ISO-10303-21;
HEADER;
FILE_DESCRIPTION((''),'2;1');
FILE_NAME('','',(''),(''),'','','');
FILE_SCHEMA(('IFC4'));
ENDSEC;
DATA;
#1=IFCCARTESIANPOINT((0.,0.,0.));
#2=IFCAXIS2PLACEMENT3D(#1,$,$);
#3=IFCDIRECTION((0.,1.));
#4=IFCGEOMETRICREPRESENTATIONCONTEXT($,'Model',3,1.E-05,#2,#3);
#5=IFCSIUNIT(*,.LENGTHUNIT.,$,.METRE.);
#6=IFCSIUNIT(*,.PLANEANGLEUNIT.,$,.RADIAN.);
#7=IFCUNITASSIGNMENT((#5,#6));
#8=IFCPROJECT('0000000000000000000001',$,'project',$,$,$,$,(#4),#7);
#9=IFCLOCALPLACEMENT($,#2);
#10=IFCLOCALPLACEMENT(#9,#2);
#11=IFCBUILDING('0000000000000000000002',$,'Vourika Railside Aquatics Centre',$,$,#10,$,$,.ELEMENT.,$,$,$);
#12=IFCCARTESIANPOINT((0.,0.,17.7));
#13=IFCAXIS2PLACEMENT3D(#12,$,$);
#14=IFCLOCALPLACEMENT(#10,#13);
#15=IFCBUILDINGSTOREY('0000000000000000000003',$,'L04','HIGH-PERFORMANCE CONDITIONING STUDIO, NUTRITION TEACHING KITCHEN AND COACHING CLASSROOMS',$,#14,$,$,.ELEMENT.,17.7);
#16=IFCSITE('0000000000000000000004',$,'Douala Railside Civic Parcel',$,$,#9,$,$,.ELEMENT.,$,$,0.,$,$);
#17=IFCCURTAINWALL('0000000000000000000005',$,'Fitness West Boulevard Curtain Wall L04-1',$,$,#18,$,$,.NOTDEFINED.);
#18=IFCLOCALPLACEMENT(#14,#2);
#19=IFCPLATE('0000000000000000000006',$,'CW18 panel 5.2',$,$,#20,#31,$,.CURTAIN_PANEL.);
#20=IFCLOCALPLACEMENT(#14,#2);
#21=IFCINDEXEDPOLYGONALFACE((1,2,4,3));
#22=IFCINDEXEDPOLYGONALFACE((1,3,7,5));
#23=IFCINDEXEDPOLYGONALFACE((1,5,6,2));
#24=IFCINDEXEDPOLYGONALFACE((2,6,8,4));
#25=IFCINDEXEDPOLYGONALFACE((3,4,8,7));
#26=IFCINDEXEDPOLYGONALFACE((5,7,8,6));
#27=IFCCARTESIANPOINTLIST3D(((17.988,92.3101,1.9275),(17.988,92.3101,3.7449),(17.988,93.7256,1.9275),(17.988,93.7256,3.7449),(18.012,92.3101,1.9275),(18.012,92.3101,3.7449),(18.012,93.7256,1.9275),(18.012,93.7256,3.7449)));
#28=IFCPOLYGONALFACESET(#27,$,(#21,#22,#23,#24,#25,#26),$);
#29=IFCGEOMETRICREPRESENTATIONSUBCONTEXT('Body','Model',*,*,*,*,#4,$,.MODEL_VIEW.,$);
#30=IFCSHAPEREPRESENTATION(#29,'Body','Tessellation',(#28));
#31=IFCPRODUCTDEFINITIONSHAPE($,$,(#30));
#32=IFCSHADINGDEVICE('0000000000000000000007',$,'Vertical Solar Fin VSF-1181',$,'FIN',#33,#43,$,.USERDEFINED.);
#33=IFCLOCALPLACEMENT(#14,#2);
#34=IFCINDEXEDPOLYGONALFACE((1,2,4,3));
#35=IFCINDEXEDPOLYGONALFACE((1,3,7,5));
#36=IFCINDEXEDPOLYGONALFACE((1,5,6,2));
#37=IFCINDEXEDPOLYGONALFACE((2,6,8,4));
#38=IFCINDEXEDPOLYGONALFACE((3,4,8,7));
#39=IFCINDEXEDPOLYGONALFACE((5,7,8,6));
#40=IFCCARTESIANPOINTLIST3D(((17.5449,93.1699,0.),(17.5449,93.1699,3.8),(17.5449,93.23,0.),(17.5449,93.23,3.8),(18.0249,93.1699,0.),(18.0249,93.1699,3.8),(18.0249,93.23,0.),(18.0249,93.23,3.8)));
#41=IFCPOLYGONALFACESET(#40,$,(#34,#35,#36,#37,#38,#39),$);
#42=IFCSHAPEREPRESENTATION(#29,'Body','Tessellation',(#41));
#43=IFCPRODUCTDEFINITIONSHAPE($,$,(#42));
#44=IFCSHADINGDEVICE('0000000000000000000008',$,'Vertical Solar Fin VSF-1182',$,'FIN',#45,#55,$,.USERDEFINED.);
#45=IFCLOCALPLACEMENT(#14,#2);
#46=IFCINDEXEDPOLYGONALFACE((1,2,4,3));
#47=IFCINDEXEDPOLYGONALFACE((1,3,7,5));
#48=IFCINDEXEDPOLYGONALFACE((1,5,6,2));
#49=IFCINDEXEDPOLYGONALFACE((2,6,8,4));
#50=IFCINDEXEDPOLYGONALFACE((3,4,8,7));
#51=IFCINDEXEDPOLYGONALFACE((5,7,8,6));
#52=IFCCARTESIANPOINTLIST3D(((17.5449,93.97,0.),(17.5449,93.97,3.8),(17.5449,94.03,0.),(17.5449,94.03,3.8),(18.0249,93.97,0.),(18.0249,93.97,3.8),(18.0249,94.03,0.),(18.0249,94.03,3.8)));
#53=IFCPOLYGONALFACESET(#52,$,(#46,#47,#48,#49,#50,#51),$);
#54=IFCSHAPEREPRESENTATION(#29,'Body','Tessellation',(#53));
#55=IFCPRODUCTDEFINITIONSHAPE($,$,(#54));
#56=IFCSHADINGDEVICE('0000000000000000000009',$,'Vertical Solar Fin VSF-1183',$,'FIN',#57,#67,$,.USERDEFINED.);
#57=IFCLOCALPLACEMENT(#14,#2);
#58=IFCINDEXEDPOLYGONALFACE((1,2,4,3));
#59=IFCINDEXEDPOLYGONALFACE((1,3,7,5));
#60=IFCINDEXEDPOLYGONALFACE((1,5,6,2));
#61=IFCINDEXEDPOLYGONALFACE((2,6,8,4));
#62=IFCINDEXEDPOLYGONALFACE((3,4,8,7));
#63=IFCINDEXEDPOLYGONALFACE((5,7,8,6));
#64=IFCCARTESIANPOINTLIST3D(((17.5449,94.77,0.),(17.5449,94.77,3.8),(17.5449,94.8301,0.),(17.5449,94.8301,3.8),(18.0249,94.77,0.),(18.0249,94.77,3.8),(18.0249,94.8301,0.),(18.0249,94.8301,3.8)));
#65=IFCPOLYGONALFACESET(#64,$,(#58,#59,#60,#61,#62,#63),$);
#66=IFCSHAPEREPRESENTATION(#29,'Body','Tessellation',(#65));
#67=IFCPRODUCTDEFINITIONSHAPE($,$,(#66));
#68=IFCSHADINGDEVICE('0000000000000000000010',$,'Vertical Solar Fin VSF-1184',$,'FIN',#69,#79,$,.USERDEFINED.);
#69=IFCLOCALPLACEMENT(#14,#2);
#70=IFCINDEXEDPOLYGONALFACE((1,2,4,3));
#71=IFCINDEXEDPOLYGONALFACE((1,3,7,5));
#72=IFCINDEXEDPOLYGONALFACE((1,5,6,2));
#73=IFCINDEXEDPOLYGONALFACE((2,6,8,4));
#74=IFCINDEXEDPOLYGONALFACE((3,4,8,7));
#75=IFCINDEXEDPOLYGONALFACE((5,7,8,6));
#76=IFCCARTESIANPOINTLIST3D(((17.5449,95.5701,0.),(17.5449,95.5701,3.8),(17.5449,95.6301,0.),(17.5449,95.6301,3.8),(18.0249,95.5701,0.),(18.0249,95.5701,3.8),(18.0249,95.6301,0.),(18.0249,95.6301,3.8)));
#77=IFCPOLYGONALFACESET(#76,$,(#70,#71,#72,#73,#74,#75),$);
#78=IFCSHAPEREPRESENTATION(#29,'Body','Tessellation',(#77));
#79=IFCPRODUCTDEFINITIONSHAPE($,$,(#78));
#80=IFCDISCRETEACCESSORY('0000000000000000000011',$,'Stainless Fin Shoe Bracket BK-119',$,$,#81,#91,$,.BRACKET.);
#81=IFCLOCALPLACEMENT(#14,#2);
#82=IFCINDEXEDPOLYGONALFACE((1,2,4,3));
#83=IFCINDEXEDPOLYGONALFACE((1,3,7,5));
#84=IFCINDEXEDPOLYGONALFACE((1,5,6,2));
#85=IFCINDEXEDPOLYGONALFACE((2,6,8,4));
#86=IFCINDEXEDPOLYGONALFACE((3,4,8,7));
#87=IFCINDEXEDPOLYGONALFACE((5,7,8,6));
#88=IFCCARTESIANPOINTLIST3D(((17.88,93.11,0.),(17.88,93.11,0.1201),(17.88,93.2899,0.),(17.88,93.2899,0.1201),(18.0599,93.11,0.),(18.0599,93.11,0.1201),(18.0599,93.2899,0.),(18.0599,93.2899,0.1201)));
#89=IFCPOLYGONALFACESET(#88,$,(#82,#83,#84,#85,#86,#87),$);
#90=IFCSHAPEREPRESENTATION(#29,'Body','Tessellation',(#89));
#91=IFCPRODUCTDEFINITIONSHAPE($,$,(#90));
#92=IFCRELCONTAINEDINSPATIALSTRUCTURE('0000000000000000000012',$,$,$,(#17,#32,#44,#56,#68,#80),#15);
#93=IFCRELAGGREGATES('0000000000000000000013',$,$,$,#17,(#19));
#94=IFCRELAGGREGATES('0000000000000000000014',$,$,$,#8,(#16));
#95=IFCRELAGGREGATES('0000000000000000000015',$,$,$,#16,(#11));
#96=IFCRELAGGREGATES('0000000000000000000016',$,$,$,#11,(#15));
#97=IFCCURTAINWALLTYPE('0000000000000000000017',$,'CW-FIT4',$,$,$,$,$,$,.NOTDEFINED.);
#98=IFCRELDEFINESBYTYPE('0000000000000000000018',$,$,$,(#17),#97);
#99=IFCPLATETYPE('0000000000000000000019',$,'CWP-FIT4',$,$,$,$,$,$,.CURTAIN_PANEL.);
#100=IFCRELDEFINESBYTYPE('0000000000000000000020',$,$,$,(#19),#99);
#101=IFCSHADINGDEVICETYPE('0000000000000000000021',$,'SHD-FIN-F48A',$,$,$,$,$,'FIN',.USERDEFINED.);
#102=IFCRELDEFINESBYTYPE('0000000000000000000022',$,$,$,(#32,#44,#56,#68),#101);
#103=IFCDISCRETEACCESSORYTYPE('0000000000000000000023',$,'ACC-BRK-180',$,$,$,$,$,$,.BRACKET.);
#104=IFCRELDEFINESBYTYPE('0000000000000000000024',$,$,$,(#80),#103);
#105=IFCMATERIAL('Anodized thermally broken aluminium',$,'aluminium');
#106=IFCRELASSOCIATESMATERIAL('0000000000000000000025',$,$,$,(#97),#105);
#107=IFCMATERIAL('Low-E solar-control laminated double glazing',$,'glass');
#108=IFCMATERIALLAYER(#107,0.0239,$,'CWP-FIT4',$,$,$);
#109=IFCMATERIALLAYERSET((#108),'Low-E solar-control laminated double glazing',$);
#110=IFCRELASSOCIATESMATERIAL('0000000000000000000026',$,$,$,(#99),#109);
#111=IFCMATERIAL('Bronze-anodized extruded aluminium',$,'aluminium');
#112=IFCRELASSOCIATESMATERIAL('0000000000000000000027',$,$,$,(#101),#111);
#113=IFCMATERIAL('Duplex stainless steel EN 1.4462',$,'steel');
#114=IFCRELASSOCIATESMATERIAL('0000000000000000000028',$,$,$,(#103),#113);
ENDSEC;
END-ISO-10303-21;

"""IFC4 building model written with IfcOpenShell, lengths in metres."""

from ifc_helpers import new_model, si_unit, direction, frame, origin, origin_2d, place, context, subcontext, project, spatial, rectangle, extrude, material, layer, layer_set, material_profile, profile_set, type_object, element, aggregate, save


model = new_model("IFC4")

# Units and contexts
model_context = context("Model", 3, precision=1e-05, world=origin(), true_north=direction((0.0, 1.0)))
body_context = subcontext(model_context, "Body", "Model", "MODEL_VIEW")
ifc_project = project(units=[si_unit("LENGTHUNIT", "METRE"), si_unit("PLANEANGLEUNIT", "RADIAN")], contexts=[model_context])

# Site, building, storey
site_placement = place(None, origin())
site = spatial("IfcSite", under=ifc_project, at=site_placement, Name="Douala Railside Civic Parcel", CompositionType="ELEMENT", RefElevation=0.0)
building_placement = place(site_placement, origin())
building = spatial("IfcBuilding", under=site, at=building_placement, Name="Vourika Railside Aquatics Centre", CompositionType="ELEMENT")
storey_placement = place(building_placement, frame((0.0, 0.0, 17.7)))
storey = spatial("IfcBuildingStorey", under=building, at=storey_placement, Name="L04", Description="HIGH-PERFORMANCE CONDITIONING STUDIO, NUTRITION TEACHING KITCHEN AND COACHING CLASSROOMS", CompositionType="ELEMENT", Elevation=17.7)

# Curtain wall, plate
ifc_material_1 = material(Name="Anodized thermally broken aluminium", Category="aluminium")
curtain_wall_type = type_object("IfcCurtainWallType", Name="CW-FIT4", PredefinedType="NOTDEFINED", material=ifc_material_1)
curtain_wall_placement = place(storey_placement, origin())
curtain_wall = element("IfcCurtainWall", 1, at=curtain_wall_placement, inside=storey, type_object=curtain_wall_type, Name="Fitness West Boulevard Curtain Wall L04-1", PredefinedType="NOTDEFINED")
ifc_material_2 = material(Name="Low-E solar-control laminated double glazing", Category="glass")
ifc_layer = layer(ifc_material_2, 0.0239, Name="CWP-FIT4")
ifc_layer_set = layer_set([ifc_layer], Name="Low-E solar-control laminated double glazing")
plate_type = type_object("IfcPlateType", Name="CWP-FIT4", PredefinedType="CURTAIN_PANEL", material=ifc_layer_set)
plate_1_placement = place(storey_placement, frame((18.0, 93.0178, 1.9275), z_axis=(0.0, 0.0, 1.0), x_axis=(0.0, -1.0, 0.0)))
plate_1 = element("IfcPlate", 2, at=plate_1_placement, type_object=plate_type, Name="CW18 panel 5.2", PredefinedType="CURTAIN_PANEL", context=body_context, shape_type="SweptSolid", body=[
    extrude(rectangle(XDim=1.4155, YDim=0.0239, at=origin_2d()), origin(), (0.0, 0.0, 1.0), 1.8174),
])
aggregate(curtain_wall, [plate_1])

# Shading devices
ifc_material_3 = material(Name="Bronze-anodized extruded aluminium", Category="aluminium")
ifc_material_profile_1 = material_profile(ifc_material_3, rectangle(XDim=0.0601, YDim=0.48, at=origin_2d()), Name="ALU-FIN 60x480")
ifc_profile_set_1 = profile_set([ifc_material_profile_1], Name="Bronze-anodized extruded aluminium")
shading_device_type = type_object("IfcShadingDeviceType", Name="SHD-FIN-F48A", ElementType="FIN", PredefinedType="USERDEFINED", material=ifc_profile_set_1)
for number, where, z_axis, x_axis, name in (
    (3, (17.7849, 93.2, 0.0), (0.0, 0.0, 1.0), (0.0, 1.0, 0.0), "Vertical Solar Fin VSF-1181"),
    (4, (17.7849, 94.0, 0.0), (0.0, 0.0, 1.0), (0.0, 1.0, 0.0), "Vertical Solar Fin VSF-1182"),
    (5, (17.7849, 94.8, 0.0), (0.0, 0.0, 1.0), (0.0, 1.0, 0.0), "Vertical Solar Fin VSF-1183"),
    (6, (17.7849, 95.6001, 0.0), (0.0, 0.0, 1.0), (0.0, 1.0, 0.0), "Vertical Solar Fin VSF-1184"),
):
    element("IfcShadingDevice", number, at=place(storey_placement, frame(where, z_axis=z_axis, x_axis=x_axis)), inside=storey, type_object=shading_device_type, Name=name, ObjectType="FIN", PredefinedType="USERDEFINED", context=body_context, shape_type="SweptSolid", body=[
        extrude(rectangle(XDim=0.0601, YDim=0.48, at=origin_2d()), origin(), (0.0, 0.0, 1.0), 3.8),
    ])

# Discrete accessory
ifc_material_4 = material(Name="Duplex stainless steel EN 1.4462", Category="steel")
discrete_accessory_type = type_object("IfcDiscreteAccessoryType", Name="ACC-BRK-180", PredefinedType="BRACKET", material=ifc_material_4)
discrete_accessory_placement = place(storey_placement, frame((17.97, 93.2, 0.0), z_axis=(0.0, 0.0, 1.0), x_axis=(-1.0, 0.0, 0.0)))
element("IfcDiscreteAccessory", 7, at=discrete_accessory_placement, inside=storey, type_object=discrete_accessory_type, Name="Stainless Fin Shoe Bracket BK-119", PredefinedType="BRACKET", context=body_context, shape_type="SweptSolid", body=[
    extrude(rectangle(XDim=0.1799, YDim=0.1799, at=origin_2d()), origin(), (0.0, 0.0, 1.0), 0.1201),
])

save(model, "model.ifc")
